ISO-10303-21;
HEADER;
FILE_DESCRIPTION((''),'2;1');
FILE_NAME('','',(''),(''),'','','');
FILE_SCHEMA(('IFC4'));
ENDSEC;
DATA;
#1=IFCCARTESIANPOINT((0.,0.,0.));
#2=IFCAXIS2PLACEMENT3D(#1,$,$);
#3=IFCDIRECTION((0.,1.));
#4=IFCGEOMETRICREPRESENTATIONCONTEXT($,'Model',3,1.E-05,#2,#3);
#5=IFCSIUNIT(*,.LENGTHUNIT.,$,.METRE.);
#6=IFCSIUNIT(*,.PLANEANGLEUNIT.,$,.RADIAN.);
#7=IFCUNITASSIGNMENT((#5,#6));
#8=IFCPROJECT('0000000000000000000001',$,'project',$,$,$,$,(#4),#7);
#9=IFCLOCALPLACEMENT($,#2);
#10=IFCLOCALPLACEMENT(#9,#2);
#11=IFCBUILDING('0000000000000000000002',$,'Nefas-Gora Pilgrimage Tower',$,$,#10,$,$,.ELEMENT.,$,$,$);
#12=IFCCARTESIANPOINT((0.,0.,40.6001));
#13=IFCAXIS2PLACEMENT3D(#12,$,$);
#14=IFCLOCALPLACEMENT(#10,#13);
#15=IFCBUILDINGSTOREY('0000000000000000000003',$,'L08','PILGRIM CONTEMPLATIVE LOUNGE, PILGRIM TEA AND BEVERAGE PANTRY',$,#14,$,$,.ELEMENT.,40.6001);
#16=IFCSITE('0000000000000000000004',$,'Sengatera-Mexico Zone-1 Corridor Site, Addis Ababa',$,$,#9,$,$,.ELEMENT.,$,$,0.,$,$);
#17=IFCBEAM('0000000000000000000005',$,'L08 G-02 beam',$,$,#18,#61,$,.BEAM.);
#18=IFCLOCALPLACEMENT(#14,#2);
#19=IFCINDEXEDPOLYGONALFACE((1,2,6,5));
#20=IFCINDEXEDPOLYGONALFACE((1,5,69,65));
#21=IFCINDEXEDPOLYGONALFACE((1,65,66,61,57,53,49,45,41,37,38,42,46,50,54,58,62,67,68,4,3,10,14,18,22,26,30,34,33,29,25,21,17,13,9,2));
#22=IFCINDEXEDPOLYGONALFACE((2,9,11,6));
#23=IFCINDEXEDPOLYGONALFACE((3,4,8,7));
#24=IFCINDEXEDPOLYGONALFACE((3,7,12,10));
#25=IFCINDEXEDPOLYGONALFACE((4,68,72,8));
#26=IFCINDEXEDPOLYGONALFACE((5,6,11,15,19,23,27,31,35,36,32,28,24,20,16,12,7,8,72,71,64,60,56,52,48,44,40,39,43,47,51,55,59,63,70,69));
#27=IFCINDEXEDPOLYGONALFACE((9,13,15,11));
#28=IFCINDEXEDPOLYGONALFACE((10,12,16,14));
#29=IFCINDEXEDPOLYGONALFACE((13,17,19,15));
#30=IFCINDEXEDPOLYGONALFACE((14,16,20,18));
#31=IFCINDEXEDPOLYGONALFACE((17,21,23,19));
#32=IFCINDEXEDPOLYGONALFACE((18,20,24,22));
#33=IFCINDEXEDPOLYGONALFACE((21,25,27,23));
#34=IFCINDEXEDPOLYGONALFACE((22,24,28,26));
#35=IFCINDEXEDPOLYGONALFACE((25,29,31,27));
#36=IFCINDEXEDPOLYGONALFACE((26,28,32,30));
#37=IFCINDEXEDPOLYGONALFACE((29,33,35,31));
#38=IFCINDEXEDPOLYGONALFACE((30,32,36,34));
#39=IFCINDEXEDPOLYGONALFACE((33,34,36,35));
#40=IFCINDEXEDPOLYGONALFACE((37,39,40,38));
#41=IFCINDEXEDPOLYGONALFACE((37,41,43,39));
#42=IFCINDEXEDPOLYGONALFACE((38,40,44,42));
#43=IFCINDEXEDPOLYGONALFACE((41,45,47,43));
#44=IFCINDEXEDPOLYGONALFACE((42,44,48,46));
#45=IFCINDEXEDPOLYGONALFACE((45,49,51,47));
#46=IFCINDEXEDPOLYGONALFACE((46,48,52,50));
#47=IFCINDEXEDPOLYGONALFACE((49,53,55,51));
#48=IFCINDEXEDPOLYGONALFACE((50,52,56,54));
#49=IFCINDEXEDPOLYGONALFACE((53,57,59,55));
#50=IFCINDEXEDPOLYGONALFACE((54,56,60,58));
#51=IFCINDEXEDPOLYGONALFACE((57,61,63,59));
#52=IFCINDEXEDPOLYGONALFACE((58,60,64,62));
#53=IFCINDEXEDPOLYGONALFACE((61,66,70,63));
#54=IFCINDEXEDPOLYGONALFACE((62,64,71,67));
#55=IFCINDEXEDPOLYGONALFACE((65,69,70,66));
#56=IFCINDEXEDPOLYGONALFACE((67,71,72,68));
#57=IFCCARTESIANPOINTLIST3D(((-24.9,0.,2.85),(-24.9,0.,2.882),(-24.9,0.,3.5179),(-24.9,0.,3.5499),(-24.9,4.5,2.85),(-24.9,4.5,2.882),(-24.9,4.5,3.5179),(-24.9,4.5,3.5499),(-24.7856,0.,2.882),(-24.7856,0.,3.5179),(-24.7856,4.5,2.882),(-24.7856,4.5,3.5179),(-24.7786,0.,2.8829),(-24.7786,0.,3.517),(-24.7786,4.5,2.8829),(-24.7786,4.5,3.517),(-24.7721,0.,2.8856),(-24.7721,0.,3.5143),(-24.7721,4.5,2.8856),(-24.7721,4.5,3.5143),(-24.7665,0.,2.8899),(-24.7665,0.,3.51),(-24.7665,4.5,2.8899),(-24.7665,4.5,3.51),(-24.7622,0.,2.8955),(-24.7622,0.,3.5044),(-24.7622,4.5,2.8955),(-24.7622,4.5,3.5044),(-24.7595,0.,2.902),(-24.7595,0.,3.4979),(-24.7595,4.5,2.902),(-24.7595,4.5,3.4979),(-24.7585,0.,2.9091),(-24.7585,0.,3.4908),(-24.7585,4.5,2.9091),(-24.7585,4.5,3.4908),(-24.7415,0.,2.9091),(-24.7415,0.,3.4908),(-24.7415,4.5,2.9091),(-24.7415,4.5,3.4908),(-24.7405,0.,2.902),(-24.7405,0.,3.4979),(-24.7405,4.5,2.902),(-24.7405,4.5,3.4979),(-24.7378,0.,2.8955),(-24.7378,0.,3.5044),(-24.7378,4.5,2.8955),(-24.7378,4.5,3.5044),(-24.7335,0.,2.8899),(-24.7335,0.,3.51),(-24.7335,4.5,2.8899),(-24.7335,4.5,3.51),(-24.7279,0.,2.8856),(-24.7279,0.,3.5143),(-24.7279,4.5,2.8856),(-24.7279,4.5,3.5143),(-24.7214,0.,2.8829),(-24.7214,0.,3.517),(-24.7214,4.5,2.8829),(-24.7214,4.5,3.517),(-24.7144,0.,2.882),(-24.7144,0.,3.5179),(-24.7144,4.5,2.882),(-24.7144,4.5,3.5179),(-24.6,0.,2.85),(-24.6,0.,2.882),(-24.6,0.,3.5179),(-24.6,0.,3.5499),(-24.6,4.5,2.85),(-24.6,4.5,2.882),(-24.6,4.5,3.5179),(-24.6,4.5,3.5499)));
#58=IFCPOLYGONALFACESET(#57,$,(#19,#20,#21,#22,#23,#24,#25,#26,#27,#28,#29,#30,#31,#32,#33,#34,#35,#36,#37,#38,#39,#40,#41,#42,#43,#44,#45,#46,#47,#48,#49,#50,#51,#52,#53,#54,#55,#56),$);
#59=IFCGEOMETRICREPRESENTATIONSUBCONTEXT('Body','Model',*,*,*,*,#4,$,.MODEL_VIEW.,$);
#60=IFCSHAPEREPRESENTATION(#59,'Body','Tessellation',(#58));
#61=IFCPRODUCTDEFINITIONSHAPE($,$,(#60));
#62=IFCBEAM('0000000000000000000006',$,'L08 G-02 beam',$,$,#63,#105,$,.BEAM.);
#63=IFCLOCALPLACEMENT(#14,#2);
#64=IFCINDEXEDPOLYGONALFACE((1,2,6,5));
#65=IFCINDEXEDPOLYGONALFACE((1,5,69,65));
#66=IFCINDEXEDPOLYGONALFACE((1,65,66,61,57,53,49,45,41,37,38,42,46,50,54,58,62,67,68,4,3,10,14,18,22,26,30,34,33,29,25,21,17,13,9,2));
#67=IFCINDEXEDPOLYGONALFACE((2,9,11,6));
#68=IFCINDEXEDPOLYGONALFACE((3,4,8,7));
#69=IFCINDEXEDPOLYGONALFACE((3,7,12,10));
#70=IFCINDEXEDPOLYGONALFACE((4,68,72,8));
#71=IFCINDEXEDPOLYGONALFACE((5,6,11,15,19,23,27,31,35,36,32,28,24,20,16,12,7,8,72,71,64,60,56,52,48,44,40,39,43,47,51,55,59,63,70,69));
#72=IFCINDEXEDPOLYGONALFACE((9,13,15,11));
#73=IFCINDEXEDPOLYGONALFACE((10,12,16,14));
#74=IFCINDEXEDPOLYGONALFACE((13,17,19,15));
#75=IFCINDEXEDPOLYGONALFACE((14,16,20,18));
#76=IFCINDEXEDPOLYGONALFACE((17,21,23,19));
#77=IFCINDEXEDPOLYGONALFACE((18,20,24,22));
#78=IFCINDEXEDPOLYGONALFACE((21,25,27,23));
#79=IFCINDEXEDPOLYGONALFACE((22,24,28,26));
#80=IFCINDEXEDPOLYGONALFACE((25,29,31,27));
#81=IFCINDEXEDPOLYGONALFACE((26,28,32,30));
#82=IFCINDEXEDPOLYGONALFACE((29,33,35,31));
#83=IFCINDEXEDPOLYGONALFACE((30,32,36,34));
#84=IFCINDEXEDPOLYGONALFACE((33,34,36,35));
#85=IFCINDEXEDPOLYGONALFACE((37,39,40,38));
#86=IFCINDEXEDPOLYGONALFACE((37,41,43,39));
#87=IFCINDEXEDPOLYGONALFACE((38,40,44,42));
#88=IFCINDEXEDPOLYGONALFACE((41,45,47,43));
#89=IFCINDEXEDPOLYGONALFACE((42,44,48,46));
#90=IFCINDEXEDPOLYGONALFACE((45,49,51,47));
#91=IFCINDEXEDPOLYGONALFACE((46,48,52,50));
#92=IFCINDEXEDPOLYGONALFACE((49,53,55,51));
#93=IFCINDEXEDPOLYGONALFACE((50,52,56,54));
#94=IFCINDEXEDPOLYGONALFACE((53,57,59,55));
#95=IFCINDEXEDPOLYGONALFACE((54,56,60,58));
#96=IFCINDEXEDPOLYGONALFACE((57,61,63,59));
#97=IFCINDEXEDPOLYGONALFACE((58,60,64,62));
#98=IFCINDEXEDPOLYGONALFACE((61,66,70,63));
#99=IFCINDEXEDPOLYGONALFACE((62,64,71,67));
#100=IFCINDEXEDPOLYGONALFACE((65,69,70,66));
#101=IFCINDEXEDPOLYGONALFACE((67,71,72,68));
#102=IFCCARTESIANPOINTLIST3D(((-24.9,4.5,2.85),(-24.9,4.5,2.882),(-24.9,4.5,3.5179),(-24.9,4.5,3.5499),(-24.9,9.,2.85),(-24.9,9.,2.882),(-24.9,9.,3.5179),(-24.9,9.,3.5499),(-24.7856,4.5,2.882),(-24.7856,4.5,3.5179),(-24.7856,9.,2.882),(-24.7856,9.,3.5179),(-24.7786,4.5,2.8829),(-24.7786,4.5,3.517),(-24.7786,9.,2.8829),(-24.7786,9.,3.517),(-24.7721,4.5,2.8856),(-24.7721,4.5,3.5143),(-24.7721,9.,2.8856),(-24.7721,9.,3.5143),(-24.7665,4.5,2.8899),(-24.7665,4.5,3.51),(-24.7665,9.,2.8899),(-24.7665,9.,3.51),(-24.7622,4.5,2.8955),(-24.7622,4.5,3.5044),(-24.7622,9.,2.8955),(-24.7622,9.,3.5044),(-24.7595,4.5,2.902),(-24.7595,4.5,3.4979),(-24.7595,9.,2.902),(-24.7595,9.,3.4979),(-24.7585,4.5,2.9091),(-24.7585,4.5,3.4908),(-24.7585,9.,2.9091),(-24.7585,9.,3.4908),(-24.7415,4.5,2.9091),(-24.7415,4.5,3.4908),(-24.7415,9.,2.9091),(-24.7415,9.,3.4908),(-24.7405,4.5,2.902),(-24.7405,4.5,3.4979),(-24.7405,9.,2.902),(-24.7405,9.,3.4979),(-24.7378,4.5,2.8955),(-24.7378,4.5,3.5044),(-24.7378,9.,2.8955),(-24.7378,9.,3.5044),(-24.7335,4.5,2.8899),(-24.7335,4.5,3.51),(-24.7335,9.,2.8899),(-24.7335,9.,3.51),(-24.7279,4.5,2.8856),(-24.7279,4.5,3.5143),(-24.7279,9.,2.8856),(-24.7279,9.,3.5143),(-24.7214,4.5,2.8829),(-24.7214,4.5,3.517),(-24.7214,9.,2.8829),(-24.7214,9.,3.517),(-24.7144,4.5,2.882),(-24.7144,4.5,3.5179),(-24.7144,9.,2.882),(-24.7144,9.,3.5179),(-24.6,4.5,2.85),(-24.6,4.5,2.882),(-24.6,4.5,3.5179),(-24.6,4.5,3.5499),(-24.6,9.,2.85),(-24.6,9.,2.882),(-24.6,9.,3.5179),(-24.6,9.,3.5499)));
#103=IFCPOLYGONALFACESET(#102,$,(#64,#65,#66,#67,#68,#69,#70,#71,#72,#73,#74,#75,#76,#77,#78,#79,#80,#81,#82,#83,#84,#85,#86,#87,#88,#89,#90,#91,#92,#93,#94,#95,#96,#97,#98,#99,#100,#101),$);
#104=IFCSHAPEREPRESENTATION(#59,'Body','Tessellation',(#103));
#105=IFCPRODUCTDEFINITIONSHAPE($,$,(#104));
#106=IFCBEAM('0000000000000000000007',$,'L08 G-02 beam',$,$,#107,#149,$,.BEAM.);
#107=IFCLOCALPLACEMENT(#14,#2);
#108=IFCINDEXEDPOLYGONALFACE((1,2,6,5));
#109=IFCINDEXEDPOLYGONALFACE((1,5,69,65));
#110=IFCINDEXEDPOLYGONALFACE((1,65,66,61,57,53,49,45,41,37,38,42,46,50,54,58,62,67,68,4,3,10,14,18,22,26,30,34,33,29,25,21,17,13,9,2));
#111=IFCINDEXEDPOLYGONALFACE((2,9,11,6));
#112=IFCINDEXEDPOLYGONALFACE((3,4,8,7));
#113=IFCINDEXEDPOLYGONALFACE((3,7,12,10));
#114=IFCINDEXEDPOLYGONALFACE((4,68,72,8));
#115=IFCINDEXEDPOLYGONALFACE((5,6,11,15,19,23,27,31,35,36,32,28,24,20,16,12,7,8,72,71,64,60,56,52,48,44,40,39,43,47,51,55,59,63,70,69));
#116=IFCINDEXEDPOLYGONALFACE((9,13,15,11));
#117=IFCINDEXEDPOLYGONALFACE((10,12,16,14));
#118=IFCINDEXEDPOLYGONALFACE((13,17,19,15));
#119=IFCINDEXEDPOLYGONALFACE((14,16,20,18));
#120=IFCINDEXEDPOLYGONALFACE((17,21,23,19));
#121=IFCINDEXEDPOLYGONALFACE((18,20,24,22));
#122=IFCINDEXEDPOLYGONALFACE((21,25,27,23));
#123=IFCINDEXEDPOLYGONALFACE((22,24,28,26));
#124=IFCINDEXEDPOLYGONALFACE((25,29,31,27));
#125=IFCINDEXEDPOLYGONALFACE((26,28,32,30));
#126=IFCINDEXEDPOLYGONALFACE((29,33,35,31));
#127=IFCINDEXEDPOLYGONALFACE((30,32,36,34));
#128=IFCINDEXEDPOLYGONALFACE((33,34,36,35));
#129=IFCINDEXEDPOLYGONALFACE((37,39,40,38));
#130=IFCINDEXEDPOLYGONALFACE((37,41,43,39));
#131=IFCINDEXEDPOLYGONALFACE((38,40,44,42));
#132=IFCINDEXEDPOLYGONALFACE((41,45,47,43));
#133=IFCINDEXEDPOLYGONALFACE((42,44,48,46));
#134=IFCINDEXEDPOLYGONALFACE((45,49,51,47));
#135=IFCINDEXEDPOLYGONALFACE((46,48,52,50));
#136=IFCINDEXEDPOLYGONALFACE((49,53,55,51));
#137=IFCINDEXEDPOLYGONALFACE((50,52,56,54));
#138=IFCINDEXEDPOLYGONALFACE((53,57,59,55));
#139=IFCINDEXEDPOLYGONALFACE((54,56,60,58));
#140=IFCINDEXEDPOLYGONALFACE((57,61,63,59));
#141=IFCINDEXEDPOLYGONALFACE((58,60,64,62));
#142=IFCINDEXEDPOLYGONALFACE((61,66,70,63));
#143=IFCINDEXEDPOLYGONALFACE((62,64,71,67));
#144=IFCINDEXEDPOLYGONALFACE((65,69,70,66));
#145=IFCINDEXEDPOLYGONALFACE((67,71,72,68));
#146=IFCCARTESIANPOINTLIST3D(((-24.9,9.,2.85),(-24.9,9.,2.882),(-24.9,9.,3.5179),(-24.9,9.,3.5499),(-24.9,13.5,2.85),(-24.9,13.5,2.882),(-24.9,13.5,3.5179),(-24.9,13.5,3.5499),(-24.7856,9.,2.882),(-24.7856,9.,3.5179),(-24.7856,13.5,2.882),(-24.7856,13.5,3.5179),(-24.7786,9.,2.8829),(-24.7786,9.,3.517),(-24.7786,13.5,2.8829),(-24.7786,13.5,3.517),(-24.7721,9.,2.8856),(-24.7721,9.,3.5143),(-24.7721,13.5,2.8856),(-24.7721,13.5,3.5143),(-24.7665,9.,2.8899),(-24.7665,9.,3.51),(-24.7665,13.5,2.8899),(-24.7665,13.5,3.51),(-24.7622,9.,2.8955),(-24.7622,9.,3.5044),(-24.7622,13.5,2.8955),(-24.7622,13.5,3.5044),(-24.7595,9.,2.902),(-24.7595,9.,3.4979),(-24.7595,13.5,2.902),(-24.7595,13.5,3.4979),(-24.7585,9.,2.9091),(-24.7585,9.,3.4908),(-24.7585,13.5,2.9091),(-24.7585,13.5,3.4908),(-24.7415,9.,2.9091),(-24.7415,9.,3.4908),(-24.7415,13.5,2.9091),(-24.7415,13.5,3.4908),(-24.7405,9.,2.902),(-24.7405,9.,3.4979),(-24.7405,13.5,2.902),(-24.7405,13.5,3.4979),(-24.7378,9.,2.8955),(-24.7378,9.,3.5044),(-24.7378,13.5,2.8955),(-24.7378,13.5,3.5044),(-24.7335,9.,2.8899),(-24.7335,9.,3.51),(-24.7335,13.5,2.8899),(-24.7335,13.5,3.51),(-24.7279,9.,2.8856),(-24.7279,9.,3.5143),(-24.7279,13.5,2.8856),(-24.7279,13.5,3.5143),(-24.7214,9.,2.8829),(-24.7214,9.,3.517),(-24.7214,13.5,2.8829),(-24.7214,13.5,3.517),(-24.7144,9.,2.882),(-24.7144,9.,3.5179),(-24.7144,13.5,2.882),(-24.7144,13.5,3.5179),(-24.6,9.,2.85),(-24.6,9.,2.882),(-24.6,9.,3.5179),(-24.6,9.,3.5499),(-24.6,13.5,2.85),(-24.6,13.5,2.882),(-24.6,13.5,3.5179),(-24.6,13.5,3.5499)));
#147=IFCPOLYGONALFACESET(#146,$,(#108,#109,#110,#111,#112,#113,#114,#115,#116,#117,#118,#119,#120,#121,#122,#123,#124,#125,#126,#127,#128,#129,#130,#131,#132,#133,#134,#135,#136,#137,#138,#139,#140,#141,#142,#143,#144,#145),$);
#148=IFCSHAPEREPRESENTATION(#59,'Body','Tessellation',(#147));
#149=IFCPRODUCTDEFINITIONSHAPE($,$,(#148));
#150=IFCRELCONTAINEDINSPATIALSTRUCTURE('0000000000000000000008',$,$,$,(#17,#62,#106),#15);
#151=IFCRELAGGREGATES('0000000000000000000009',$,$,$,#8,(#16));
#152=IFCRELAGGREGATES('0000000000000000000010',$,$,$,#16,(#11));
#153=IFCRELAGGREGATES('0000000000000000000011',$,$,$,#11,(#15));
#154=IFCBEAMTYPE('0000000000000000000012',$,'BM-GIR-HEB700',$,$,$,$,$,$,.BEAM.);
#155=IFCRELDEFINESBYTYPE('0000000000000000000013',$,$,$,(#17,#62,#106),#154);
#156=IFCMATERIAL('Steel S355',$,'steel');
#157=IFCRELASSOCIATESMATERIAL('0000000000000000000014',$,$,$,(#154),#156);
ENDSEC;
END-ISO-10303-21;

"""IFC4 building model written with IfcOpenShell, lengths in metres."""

from ifc_helpers import new_model, si_unit, direction, frame, origin, origin_2d, place, context, subcontext, project, spatial, i_section, extrude, source, transform, mapped, material, material_profile, profile_set, type_object, element, save


model = new_model("IFC4")

# Units and contexts
model_context = context("Model", 3, precision=1e-05, world=origin(), true_north=direction((0.0, 1.0)))
body_context = subcontext(model_context, "Body", "Model", "MODEL_VIEW")
ifc_project = project(units=[si_unit("LENGTHUNIT", "METRE"), si_unit("PLANEANGLEUNIT", "RADIAN")], contexts=[model_context])

# Site, building, storey
site_placement = place(None, origin())
site = spatial("IfcSite", under=ifc_project, at=site_placement, Name="Sengatera-Mexico Zone-1 Corridor Site, Addis Ababa", CompositionType="ELEMENT", RefElevation=0.0)
building_placement = place(site_placement, origin())
building = spatial("IfcBuilding", under=site, at=building_placement, Name="Nefas-Gora Pilgrimage Tower", CompositionType="ELEMENT")
storey_placement = place(building_placement, frame((0.0, 0.0, 40.6001)))
storey = spatial("IfcBuildingStorey", under=building, at=storey_placement, Name="L08", Description="PILGRIM CONTEMPLATIVE LOUNGE, PILGRIM TEA AND BEVERAGE PANTRY", CompositionType="ELEMENT", Elevation=40.6001)

# Beams
ifc_material_1 = material(Name="Steel S355", Category="steel")
ifc_material_profile_1 = material_profile(ifc_material_1, i_section(OverallWidth=0.3, OverallDepth=0.7, WebThickness=0.0171, FlangeThickness=0.032, FilletRadius=0.0271, at=origin_2d()), Name="HEB 700")
ifc_profile_set_1 = profile_set([ifc_material_profile_1], Name="Steel S355")
beam_type_1 = type_object("IfcBeamType", Name="BM-GIR-HEB700", PredefinedType="BEAM", material=ifc_profile_set_1)
shared_shape_1 = source(origin(), body_context, "Body", "SweptSolid", [
    extrude(i_section(OverallWidth=0.3, OverallDepth=0.7, WebThickness=0.0171, FlangeThickness=0.032, FilletRadius=0.0271, at=origin_2d()), origin(), (0.0, 0.0, 1.0), 4.5),
])
for number, where, z_axis, x_axis, name in (
    (1, (-24.75, 0.0, 3.2), (0.0, 1.0, 0.0), (-1.0, 0.0, 0.0), "L08 G-02 beam"),
    (2, (-24.75, 4.5, 3.2), (0.0, 1.0, 0.0), (-1.0, 0.0, 0.0), "L08 G-02 beam"),
    (3, (-24.75, 9.0, 3.2), (0.0, 1.0, 0.0), (-1.0, 0.0, 0.0), "L08 G-02 beam"),
):
    element("IfcBeam", number, at=place(storey_placement, frame(where, z_axis=z_axis, x_axis=x_axis)), inside=storey, type_object=beam_type_1, Name=name, PredefinedType="BEAM", context=body_context, shape_type="MappedRepresentation", body=[
        mapped(shared_shape_1, transform((0.0, 0.0, 0.0), x_axis=(1.0, 0.0, 0.0), y_axis=(0.0, 1.0, 0.0), z_axis=(0.0, 0.0, 1.0), scale=1.0)),
    ])

save(model, "model.ifc")
